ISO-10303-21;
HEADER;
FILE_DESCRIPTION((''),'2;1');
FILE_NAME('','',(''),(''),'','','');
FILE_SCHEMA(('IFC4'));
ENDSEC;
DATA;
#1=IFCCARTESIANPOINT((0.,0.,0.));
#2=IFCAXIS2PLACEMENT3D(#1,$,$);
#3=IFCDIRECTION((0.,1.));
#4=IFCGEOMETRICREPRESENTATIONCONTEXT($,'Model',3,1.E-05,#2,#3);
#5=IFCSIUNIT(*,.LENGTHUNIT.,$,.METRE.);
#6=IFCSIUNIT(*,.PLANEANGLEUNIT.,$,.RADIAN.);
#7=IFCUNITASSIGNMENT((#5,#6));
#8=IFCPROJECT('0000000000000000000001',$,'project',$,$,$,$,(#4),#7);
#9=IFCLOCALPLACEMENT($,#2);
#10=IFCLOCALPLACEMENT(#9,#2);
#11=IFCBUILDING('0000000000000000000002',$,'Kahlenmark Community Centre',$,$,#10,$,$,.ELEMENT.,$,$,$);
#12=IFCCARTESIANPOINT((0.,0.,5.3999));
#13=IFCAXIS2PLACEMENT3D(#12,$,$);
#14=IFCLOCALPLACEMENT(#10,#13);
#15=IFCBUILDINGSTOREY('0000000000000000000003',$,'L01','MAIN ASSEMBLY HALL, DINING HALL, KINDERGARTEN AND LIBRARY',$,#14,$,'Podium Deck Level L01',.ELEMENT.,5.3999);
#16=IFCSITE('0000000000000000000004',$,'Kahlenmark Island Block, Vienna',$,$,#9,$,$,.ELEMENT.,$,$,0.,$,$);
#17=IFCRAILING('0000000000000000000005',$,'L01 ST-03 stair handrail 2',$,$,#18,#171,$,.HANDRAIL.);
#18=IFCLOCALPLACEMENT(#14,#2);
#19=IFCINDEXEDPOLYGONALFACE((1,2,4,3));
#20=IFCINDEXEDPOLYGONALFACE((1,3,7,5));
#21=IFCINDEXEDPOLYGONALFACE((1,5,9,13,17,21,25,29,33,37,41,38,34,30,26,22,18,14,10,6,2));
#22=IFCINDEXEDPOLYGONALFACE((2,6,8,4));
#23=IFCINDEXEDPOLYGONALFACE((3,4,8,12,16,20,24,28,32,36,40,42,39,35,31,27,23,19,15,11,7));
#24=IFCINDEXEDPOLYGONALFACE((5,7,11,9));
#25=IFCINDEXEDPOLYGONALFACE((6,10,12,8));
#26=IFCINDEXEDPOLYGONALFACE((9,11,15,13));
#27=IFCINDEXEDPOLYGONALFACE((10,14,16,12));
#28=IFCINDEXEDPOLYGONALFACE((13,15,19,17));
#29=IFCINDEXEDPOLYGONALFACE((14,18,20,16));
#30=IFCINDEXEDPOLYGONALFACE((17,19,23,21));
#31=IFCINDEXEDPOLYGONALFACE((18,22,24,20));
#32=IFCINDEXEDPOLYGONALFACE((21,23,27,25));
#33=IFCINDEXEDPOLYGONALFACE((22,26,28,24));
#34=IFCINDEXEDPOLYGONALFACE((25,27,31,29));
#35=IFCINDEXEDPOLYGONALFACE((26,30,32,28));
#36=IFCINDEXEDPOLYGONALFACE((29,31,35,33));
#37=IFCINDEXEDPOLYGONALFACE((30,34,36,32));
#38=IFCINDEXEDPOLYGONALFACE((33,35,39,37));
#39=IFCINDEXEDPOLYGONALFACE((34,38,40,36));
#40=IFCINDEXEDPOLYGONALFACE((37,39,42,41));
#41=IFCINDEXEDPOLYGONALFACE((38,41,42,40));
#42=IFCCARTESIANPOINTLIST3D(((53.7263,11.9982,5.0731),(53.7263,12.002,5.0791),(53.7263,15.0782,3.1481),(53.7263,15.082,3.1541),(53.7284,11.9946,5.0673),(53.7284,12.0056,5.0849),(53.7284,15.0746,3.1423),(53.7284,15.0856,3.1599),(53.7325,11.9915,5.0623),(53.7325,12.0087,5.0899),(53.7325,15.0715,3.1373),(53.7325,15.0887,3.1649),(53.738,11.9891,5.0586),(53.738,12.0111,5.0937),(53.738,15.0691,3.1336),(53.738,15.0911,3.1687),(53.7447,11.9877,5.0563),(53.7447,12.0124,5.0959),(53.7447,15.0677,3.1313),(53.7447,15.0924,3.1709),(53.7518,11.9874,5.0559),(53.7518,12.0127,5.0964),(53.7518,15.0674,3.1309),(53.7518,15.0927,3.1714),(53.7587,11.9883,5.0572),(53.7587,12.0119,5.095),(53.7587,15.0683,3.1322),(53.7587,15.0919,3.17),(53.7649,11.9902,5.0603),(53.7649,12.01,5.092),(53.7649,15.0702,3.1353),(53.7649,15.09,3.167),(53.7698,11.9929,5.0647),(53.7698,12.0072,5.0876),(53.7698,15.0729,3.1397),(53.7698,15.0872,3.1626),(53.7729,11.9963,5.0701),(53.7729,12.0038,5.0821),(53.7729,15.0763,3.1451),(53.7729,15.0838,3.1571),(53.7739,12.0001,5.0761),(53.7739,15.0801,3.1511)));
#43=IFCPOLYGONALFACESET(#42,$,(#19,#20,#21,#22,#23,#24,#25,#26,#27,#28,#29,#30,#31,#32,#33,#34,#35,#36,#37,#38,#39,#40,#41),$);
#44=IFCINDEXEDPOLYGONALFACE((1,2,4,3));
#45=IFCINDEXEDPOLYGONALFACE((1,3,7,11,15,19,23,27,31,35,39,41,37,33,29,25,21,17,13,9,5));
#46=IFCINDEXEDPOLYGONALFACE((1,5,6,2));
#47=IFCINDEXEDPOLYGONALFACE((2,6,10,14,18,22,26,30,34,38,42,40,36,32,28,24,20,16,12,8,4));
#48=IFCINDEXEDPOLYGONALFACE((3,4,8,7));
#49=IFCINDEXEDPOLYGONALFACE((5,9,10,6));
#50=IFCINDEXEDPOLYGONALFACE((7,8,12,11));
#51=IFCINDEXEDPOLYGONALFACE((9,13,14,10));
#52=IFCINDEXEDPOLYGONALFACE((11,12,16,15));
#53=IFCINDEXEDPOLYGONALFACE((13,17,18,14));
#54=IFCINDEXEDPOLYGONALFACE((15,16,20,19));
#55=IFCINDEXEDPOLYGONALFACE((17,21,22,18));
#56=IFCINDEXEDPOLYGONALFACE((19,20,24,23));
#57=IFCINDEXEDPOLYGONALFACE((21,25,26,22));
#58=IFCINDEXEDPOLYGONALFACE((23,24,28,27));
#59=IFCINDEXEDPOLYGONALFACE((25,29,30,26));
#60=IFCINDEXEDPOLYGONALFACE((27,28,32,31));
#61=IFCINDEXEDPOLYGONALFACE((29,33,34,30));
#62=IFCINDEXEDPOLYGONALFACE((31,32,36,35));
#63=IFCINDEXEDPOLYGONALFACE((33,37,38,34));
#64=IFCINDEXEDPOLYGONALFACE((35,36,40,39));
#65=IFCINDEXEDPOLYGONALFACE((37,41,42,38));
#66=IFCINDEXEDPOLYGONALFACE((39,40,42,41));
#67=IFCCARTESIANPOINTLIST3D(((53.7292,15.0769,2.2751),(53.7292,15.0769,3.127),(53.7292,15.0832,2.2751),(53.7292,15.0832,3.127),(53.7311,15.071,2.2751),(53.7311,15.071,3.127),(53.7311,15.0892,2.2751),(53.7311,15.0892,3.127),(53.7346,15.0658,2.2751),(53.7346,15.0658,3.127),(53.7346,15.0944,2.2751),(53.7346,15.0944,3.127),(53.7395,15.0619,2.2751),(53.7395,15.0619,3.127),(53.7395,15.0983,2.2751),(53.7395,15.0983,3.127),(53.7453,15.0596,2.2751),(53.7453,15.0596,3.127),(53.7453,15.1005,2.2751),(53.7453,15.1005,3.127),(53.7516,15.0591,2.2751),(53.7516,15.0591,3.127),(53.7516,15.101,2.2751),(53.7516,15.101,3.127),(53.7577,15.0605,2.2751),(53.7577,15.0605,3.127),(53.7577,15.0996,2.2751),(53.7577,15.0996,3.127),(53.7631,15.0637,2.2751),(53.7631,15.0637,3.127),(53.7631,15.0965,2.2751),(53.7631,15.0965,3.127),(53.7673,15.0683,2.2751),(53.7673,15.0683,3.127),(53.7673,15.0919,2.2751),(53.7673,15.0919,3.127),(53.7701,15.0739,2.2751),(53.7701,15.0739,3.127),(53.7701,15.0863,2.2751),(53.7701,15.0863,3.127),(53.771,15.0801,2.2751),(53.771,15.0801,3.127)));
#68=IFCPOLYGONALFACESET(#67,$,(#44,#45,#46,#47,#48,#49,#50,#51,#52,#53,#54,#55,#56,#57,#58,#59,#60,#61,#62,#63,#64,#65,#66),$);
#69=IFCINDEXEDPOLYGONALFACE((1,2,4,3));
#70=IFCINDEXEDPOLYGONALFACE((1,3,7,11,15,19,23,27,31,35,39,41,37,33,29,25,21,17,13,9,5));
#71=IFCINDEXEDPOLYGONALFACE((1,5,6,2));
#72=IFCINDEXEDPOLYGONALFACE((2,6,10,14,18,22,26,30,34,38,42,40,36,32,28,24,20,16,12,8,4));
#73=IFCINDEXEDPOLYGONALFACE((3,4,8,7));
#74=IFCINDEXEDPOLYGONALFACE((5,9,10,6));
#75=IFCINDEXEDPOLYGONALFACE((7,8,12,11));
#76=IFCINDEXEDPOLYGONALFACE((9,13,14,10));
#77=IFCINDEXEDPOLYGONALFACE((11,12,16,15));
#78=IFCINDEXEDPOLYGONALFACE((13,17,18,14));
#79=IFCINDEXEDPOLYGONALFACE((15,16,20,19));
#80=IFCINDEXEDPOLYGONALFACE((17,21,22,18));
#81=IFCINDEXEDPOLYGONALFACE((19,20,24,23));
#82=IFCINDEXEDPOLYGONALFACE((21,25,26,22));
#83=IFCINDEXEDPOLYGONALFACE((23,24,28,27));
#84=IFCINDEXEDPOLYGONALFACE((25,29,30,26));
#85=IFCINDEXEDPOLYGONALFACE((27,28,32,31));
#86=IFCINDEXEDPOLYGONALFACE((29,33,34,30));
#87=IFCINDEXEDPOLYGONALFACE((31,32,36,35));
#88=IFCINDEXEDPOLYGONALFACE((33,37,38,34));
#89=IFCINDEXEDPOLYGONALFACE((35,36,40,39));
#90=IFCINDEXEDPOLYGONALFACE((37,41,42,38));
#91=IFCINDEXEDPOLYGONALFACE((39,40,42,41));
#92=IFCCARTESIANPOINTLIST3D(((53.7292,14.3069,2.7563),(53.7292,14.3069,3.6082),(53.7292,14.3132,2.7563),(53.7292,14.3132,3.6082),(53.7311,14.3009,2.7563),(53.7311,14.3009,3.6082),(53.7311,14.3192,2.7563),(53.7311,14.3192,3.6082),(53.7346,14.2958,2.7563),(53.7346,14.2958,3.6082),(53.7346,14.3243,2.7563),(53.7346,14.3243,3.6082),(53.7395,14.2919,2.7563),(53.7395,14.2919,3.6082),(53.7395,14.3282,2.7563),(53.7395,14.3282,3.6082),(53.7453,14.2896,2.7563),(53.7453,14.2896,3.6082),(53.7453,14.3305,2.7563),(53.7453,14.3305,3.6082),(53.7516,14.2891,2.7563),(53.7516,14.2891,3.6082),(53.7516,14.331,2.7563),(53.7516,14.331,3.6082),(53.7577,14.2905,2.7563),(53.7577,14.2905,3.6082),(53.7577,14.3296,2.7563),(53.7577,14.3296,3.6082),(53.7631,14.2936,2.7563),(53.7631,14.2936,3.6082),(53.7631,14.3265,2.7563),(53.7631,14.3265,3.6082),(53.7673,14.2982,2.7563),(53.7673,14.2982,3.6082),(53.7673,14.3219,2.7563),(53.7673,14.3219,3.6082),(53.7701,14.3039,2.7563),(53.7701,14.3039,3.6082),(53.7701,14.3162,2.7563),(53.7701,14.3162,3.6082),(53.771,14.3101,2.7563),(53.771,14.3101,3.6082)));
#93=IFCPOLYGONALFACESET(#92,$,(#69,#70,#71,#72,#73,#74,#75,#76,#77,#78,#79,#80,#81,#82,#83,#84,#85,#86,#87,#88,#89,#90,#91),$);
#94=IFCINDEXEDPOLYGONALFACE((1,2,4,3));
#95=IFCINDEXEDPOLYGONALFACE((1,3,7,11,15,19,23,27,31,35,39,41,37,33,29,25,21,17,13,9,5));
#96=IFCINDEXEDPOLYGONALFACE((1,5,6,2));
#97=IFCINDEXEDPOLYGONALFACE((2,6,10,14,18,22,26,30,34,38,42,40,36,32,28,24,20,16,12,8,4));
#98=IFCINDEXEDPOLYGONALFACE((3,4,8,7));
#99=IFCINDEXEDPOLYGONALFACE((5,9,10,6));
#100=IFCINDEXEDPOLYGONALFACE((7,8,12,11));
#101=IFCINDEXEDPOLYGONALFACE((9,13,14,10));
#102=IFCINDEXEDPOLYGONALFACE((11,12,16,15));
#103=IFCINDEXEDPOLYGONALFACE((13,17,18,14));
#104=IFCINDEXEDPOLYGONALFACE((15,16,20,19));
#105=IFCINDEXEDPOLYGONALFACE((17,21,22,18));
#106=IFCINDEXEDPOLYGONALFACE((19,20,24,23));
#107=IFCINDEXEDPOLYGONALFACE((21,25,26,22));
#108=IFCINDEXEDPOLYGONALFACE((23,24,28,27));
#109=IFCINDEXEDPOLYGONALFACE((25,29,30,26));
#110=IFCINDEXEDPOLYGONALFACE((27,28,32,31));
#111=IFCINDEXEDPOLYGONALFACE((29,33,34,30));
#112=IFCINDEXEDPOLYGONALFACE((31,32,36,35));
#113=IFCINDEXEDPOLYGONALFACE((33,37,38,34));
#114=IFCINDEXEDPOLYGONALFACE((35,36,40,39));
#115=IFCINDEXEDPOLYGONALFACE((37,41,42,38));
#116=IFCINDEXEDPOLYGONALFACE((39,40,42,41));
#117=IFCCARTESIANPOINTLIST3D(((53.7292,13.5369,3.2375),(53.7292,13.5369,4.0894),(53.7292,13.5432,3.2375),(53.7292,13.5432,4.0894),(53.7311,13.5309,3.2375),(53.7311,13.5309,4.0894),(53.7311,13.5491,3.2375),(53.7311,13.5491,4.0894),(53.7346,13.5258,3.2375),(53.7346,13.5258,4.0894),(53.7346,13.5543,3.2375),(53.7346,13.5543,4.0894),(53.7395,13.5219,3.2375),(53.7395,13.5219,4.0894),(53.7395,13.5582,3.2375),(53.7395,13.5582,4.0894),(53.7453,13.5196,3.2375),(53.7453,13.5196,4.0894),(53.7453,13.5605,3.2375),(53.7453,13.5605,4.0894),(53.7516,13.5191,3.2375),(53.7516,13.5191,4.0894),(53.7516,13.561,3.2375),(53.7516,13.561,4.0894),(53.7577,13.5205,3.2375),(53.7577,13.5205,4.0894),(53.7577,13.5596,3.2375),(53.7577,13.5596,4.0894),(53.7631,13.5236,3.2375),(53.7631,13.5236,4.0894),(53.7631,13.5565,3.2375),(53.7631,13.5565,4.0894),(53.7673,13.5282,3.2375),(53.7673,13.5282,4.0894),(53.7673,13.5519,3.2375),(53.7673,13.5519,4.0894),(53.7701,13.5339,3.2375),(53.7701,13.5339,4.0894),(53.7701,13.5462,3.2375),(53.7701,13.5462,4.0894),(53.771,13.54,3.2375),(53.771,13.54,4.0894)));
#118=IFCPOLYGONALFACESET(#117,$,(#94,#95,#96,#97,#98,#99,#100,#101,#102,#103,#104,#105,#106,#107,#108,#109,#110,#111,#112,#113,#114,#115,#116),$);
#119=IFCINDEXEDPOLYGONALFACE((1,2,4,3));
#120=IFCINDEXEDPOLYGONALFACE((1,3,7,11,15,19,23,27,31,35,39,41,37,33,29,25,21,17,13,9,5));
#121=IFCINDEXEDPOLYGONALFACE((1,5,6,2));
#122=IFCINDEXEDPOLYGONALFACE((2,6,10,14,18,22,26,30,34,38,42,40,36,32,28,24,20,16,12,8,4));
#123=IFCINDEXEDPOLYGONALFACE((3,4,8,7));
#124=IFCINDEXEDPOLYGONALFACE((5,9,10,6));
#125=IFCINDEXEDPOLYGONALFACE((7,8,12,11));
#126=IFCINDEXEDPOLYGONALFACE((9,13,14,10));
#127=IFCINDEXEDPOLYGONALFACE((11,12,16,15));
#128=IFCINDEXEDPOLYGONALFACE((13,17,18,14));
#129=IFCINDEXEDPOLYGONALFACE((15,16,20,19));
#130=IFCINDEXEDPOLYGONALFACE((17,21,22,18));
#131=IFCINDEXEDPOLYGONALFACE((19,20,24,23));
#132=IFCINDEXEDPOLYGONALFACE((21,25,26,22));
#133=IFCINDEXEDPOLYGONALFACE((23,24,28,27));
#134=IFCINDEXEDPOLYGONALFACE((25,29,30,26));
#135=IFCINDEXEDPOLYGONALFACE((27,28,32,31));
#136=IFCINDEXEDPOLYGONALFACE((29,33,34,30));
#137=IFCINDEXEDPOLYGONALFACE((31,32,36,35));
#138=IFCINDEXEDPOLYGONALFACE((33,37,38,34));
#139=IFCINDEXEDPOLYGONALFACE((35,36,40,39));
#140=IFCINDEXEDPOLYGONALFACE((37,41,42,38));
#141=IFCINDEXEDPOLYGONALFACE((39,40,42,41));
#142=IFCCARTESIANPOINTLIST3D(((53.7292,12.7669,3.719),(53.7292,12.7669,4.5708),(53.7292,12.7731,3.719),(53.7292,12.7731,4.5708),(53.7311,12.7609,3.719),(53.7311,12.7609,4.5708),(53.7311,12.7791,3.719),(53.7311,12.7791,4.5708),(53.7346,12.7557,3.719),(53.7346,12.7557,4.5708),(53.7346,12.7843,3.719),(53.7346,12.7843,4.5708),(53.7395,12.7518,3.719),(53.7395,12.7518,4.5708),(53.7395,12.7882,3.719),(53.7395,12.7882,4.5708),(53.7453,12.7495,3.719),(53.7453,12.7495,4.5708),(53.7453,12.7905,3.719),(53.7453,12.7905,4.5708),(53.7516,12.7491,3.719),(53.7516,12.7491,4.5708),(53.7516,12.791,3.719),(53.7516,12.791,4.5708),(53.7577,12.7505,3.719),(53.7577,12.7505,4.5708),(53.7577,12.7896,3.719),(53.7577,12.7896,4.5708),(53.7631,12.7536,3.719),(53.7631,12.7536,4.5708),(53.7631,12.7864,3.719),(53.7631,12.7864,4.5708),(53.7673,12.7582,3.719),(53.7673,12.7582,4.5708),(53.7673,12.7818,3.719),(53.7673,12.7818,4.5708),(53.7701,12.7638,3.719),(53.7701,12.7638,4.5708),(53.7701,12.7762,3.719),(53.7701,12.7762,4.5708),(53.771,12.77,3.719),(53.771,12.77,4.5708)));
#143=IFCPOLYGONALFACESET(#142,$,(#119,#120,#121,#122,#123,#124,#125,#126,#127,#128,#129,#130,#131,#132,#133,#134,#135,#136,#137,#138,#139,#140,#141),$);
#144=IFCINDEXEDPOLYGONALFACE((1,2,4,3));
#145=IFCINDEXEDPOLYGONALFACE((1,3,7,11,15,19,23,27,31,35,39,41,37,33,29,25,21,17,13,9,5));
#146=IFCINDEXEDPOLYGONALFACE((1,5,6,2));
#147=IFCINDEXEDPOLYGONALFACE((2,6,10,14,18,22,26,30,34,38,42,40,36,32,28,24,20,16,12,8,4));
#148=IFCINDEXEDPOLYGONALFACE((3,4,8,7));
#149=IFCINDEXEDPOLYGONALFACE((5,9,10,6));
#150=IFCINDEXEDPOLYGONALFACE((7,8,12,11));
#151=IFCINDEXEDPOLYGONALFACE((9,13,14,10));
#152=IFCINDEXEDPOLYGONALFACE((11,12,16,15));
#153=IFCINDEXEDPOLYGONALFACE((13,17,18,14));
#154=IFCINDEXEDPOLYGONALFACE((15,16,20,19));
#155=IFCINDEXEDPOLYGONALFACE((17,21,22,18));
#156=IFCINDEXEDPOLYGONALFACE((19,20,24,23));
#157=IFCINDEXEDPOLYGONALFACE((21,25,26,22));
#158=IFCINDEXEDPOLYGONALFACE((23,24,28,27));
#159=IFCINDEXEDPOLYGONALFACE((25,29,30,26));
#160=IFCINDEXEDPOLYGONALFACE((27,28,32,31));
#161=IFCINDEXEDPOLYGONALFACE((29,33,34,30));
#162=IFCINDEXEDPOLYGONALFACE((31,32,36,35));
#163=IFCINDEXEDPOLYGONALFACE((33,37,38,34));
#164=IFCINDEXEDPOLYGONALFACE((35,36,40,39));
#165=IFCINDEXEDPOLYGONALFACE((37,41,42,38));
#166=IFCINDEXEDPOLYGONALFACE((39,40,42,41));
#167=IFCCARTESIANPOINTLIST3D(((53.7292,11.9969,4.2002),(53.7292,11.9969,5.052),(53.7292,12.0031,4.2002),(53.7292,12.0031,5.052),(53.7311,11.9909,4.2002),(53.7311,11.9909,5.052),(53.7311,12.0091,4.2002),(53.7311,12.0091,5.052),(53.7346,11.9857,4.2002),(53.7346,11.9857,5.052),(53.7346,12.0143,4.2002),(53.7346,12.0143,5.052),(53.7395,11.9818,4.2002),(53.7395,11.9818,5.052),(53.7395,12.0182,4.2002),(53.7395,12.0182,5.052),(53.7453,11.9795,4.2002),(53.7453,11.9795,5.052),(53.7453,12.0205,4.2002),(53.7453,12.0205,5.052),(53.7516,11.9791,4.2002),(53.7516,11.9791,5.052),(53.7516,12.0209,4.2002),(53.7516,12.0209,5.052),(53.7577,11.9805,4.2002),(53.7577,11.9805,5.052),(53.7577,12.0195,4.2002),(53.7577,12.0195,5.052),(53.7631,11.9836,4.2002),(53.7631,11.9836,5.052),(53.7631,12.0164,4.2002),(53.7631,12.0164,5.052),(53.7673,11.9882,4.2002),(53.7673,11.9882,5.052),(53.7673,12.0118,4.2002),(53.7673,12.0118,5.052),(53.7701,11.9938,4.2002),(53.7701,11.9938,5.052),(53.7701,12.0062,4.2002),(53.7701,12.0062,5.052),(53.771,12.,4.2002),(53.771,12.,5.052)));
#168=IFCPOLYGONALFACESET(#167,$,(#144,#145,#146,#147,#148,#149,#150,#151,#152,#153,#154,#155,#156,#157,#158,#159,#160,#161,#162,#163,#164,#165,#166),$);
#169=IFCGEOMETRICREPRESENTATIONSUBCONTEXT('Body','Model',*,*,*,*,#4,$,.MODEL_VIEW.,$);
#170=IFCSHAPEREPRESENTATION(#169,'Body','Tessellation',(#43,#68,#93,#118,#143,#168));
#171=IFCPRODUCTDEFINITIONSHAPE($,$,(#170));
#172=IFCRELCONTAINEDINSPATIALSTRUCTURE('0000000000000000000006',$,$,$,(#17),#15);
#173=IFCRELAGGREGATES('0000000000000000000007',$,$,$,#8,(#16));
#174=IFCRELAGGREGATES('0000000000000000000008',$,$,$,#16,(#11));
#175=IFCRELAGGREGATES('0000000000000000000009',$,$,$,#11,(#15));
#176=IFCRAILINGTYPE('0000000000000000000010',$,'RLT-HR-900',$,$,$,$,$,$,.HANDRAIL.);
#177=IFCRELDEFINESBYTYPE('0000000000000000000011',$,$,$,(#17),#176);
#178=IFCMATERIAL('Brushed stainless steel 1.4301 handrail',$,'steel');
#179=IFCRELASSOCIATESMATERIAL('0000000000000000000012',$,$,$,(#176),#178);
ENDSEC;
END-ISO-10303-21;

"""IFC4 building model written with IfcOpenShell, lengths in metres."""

from ifc_helpers import new_model, si_unit, direction, frame, origin, origin_2d, place, context, subcontext, project, spatial, circle, extrude, material, type_object, element, save


model = new_model("IFC4")

# Units and contexts
model_context = context("Model", 3, precision=1e-05, world=origin(), true_north=direction((0.0, 1.0)))
body_context = subcontext(model_context, "Body", "Model", "MODEL_VIEW")
ifc_project = project(units=[si_unit("LENGTHUNIT", "METRE"), si_unit("PLANEANGLEUNIT", "RADIAN")], contexts=[model_context])

# Site, building, storey
site_placement = place(None, origin())
site = spatial("IfcSite", under=ifc_project, at=site_placement, Name="Kahlenmark Island Block, Vienna", CompositionType="ELEMENT", RefElevation=0.0)
building_placement = place(site_placement, origin())
building = spatial("IfcBuilding", under=site, at=building_placement, Name="Kahlenmark Community Centre", CompositionType="ELEMENT")
storey_placement = place(building_placement, frame((0.0, 0.0, 5.3999)))
storey = spatial("IfcBuildingStorey", under=building, at=storey_placement, Name="L01", Description="MAIN ASSEMBLY HALL, DINING HALL, KINDERGARTEN AND LIBRARY", LongName="Podium Deck Level L01", CompositionType="ELEMENT", Elevation=5.3999)

# Railing
ifc_material_1 = material(Name="Brushed stainless steel 1.4301 handrail", Category="steel")
railing_type_1 = type_object("IfcRailingType", Name="RLT-HR-900", PredefinedType="HANDRAIL", material=ifc_material_1)
railing_1_placement = place(storey_placement, frame((53.75, 15.0801, 2.2751)))
element("IfcRailing", 1, at=railing_1_placement, inside=storey, type_object=railing_type_1, Name="L01 ST-03 stair handrail 2", PredefinedType="HANDRAIL", context=body_context, shape_type="SweptSolid", body=[
    extrude(circle(Radius=0.0239, at=origin_2d()), frame((0.0, 0.0, 0.876), z_axis=(0.0, -0.847998, 0.529999), x_axis=(1.0, 0.0, 0.0)), (0.0, 0.0, 1.0), 3.6321),
    extrude(circle(Radius=0.021, at=origin_2d()), origin(), (0.0, 0.0, 1.0), 0.8518),
    extrude(circle(Radius=0.021, at=origin_2d()), frame((0.0, -0.77, 0.4812)), (0.0, 0.0, 1.0), 0.8518),
    extrude(circle(Radius=0.021, at=origin_2d()), frame((0.0, -1.54, 0.9624)), (0.0, 0.0, 1.0), 0.8518),
    extrude(circle(Radius=0.021, at=origin_2d()), frame((0.0, -2.3101, 1.4438)), (0.0, 0.0, 1.0), 0.8518),
    extrude(circle(Radius=0.021, at=origin_2d()), frame((0.0, -3.0801, 1.925)), (0.0, 0.0, 1.0), 0.8518),
])

save(model, "model.ifc")
